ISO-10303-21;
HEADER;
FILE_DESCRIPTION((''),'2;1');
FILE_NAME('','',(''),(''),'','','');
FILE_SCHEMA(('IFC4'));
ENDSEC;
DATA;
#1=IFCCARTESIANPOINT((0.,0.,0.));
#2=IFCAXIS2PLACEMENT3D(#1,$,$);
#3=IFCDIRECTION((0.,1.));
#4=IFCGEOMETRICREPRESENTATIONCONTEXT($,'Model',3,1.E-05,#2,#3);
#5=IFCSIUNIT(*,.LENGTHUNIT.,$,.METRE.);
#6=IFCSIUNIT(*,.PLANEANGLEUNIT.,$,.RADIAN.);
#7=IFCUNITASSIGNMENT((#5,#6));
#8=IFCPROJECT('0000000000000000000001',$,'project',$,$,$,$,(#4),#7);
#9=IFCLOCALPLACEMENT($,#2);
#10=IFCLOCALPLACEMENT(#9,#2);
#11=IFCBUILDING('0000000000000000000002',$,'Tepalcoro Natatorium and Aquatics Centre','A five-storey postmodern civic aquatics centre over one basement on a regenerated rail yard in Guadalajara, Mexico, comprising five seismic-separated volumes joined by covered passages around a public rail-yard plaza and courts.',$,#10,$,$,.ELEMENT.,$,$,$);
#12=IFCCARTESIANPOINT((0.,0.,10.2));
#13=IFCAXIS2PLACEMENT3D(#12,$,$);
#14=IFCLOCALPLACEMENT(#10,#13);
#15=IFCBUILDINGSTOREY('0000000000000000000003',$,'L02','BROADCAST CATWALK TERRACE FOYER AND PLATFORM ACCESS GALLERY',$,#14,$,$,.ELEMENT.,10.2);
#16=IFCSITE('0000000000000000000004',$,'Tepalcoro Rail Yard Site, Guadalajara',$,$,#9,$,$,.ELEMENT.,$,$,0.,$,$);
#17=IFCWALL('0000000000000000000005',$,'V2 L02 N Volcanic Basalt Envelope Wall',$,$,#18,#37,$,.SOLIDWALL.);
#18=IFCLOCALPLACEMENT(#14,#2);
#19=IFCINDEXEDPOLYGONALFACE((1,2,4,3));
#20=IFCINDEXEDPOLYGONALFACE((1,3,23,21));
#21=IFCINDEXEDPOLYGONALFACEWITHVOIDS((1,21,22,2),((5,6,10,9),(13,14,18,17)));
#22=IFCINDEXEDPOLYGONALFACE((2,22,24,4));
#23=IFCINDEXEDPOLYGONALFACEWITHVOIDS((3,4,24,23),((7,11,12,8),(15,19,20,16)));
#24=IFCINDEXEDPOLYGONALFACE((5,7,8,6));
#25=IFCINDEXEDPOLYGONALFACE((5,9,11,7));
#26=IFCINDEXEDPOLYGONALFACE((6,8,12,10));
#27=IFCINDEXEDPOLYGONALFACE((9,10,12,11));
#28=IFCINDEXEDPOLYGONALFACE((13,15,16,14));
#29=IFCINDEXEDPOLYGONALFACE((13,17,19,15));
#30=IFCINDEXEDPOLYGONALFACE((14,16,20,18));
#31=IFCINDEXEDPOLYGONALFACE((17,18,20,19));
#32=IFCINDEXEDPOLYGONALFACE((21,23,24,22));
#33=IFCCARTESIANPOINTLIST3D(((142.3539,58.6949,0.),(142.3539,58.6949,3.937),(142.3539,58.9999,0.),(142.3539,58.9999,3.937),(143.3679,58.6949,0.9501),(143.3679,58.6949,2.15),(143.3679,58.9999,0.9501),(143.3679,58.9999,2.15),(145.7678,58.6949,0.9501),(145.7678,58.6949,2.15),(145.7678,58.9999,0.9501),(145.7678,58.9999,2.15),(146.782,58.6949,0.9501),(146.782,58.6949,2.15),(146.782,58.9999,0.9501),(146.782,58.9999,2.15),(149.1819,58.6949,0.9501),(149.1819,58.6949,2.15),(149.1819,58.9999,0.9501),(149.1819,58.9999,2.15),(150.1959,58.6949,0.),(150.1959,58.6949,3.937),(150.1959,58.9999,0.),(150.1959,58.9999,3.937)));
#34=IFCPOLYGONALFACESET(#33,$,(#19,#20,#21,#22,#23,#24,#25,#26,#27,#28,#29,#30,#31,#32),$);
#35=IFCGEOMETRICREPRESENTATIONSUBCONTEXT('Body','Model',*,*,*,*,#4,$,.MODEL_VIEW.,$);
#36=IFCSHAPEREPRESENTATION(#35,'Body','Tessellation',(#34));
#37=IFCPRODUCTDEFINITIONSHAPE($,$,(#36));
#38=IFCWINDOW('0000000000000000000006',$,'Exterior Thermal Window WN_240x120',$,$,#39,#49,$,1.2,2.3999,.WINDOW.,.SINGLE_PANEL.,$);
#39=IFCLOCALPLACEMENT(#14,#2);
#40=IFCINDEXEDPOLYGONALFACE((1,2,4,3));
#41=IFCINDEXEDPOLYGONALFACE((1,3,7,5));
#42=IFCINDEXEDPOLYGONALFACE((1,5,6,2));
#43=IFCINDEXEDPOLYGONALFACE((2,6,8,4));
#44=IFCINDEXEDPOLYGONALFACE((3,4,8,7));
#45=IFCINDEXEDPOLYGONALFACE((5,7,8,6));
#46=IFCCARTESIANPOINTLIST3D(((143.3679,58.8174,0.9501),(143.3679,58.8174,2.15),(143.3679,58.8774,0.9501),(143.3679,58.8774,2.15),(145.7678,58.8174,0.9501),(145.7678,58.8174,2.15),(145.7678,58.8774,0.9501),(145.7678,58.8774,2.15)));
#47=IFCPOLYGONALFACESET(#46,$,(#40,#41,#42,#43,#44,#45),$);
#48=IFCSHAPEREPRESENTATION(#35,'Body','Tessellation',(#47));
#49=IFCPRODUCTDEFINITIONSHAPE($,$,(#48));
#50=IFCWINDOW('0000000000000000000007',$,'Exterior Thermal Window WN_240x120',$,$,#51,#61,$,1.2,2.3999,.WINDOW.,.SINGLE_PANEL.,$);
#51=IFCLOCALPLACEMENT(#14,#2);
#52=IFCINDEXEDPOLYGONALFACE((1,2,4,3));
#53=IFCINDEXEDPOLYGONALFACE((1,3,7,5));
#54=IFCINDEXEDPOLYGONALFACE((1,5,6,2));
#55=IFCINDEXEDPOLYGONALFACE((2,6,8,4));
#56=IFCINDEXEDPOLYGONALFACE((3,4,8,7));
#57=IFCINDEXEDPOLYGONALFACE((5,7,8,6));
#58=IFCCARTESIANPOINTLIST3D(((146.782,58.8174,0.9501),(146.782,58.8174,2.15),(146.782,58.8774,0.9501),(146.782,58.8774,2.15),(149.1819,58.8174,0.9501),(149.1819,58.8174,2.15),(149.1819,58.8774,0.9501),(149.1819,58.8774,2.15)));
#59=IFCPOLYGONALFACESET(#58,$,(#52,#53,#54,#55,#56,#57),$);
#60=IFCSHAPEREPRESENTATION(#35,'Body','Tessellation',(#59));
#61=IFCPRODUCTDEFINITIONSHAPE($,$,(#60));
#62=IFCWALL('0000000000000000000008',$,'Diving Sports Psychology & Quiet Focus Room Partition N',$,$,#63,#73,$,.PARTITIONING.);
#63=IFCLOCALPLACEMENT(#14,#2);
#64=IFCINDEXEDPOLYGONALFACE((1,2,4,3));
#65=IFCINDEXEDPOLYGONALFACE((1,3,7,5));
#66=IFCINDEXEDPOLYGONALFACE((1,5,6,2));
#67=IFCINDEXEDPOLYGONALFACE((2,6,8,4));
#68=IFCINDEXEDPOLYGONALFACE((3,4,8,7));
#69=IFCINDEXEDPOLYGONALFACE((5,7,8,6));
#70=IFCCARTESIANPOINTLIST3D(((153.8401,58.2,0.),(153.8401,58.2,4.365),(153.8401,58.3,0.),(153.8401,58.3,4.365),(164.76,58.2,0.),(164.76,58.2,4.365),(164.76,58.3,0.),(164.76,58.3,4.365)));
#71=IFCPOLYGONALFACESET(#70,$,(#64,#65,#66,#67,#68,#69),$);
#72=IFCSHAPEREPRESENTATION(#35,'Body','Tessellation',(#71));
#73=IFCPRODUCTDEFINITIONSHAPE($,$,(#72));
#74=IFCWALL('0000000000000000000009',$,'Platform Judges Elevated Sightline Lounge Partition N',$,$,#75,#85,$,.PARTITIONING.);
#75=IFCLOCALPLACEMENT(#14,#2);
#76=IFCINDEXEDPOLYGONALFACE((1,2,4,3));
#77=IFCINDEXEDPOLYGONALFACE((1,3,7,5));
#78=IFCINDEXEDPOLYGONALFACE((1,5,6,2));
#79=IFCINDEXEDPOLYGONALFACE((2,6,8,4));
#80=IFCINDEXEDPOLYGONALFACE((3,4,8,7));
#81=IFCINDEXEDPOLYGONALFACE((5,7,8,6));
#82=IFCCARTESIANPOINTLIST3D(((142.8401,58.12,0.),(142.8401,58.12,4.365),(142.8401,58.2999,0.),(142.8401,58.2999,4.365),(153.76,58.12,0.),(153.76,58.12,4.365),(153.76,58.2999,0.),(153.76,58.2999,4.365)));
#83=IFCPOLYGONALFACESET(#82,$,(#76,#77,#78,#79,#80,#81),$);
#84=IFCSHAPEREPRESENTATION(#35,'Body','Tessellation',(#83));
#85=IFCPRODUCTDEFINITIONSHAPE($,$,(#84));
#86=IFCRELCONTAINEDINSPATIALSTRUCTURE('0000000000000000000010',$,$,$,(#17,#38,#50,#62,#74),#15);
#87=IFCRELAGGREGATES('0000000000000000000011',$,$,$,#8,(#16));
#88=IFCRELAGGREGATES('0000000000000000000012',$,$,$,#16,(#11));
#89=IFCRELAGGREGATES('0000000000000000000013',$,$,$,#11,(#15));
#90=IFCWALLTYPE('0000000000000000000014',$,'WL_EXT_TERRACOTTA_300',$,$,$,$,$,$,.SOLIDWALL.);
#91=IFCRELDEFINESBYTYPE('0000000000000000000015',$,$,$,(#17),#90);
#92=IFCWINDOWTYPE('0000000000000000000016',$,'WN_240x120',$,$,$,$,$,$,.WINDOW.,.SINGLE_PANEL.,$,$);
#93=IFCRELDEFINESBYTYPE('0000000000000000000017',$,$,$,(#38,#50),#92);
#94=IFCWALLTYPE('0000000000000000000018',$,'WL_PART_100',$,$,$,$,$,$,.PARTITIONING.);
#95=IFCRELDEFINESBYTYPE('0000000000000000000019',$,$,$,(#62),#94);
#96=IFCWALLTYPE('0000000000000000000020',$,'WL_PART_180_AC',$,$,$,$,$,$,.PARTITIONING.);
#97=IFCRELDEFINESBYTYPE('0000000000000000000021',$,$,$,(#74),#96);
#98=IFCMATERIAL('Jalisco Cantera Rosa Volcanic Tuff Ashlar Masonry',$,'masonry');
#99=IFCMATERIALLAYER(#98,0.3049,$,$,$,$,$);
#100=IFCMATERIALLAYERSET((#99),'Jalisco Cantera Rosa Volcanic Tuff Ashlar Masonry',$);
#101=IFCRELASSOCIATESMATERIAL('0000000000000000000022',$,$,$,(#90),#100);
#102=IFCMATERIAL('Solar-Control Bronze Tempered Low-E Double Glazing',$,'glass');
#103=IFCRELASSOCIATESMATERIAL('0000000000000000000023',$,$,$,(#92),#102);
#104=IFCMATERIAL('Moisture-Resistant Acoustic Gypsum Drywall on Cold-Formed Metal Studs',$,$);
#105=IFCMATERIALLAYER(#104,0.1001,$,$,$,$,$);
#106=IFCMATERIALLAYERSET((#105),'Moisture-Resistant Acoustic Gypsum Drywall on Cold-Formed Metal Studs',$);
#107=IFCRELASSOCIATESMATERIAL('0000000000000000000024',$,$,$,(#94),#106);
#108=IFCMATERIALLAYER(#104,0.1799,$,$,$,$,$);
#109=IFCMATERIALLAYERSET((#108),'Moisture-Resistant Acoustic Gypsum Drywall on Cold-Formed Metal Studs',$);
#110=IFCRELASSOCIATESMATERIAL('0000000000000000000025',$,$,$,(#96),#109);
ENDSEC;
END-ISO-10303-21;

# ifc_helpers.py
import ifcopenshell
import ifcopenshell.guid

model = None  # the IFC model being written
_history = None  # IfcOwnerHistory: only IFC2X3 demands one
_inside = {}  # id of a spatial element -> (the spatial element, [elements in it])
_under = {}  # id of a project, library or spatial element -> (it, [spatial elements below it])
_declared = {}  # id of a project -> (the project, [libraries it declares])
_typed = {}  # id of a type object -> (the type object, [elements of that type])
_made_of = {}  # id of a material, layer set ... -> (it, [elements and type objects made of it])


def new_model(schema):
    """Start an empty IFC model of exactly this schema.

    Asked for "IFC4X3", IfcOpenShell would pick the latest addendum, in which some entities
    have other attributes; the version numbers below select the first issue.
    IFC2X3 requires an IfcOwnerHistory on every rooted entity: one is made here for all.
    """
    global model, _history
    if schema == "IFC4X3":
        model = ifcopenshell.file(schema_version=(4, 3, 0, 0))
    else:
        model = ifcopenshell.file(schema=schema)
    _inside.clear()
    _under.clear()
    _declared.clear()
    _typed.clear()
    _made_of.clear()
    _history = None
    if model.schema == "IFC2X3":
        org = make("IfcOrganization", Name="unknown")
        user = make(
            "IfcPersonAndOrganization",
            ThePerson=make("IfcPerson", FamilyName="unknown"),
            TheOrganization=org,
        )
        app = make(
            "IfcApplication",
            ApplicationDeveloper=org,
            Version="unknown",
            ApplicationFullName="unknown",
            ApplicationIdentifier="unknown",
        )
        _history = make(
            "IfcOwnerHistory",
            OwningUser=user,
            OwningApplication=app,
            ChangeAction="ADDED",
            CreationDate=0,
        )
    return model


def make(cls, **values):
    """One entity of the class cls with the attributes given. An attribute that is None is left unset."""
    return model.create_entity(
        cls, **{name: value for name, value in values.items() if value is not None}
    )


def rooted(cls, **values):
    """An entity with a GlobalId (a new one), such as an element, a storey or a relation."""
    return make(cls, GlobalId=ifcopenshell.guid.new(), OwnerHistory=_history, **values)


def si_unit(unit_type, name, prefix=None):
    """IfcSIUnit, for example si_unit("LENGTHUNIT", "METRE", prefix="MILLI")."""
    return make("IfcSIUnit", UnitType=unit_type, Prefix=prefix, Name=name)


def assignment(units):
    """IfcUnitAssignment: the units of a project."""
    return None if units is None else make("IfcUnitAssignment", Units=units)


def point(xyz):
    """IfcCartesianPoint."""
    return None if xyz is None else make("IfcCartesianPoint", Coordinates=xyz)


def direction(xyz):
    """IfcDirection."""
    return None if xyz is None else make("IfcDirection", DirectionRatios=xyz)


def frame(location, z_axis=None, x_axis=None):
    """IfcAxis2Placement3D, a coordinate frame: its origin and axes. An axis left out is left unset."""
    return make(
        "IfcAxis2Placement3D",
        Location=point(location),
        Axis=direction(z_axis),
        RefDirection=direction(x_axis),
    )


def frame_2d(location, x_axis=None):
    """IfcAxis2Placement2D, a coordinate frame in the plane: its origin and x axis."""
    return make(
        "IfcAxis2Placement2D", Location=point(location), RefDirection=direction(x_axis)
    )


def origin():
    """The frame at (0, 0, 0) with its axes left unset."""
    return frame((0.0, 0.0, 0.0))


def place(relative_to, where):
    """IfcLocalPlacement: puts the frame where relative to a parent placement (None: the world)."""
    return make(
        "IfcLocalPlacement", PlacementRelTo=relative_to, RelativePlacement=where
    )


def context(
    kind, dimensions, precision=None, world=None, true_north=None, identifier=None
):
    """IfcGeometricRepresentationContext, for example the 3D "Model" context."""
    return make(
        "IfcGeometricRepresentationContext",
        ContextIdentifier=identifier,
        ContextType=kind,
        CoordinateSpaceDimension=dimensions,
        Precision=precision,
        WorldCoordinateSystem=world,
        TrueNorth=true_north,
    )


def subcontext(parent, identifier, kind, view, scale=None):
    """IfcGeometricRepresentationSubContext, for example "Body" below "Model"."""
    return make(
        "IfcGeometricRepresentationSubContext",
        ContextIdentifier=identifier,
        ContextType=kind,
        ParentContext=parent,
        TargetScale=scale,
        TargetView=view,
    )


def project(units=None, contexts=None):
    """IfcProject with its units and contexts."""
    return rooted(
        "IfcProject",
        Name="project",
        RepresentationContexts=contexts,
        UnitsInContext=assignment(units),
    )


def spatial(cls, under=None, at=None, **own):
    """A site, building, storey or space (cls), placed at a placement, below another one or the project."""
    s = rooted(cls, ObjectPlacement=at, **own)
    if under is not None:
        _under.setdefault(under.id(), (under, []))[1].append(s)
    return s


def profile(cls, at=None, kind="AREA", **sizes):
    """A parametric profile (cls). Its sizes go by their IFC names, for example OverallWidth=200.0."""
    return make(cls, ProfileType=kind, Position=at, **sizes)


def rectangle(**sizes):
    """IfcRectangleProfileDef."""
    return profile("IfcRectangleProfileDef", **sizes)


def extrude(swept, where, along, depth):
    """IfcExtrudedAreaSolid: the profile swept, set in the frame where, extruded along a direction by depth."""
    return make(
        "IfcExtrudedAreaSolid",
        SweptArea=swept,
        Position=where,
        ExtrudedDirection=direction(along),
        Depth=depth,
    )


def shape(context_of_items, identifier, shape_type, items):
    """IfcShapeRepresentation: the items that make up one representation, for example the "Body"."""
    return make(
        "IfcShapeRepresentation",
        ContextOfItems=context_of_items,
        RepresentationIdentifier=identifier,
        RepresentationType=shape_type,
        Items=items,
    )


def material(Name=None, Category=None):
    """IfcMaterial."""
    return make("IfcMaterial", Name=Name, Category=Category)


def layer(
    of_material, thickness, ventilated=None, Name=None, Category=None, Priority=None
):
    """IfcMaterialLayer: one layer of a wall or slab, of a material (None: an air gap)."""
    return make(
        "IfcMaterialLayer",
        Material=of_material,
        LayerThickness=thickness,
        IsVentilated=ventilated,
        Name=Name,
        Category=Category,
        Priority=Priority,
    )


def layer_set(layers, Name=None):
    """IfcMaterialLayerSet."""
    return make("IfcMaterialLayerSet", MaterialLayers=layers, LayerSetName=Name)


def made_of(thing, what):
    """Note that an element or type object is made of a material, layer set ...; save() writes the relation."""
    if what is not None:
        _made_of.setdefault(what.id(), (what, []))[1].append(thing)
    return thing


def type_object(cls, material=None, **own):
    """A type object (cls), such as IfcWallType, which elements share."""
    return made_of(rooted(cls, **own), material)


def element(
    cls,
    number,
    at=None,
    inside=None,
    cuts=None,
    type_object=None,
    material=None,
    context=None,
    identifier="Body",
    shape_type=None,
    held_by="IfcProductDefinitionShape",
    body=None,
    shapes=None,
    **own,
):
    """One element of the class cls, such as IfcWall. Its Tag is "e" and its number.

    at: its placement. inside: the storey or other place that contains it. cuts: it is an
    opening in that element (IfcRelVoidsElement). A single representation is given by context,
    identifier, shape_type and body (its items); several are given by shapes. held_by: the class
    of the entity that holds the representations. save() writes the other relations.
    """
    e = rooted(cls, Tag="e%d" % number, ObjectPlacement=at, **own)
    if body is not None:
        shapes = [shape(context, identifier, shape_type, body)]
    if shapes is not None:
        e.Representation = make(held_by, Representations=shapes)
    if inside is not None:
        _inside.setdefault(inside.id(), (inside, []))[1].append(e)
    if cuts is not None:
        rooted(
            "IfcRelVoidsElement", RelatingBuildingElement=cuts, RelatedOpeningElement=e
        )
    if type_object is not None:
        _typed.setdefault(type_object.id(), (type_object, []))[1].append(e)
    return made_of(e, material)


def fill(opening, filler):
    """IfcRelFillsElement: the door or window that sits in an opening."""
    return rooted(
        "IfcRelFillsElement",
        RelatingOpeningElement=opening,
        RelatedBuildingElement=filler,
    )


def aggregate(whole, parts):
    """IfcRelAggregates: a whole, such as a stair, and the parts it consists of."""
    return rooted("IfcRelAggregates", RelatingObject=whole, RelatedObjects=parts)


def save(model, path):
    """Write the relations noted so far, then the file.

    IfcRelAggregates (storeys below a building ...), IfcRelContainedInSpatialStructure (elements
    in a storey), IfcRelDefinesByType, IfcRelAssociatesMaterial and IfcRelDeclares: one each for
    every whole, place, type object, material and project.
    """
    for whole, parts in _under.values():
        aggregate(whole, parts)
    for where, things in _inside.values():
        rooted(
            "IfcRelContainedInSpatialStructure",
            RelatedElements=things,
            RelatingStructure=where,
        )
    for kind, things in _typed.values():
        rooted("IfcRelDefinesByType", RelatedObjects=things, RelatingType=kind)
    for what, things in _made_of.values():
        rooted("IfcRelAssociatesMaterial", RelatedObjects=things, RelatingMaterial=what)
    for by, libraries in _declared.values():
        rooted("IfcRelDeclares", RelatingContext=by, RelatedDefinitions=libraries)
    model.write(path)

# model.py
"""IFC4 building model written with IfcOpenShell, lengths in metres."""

from ifc_helpers import new_model, si_unit, direction, frame, frame_2d, origin, place, context, subcontext, project, spatial, rectangle, extrude, material, layer, layer_set, type_object, element, fill, save


model = new_model("IFC4")

# Units and contexts
model_context = context("Model", 3, precision=1e-05, world=origin(), true_north=direction((0.0, 1.0)))
body_context = subcontext(model_context, "Body", "Model", "MODEL_VIEW")
ifc_project = project(units=[si_unit("LENGTHUNIT", "METRE"), si_unit("PLANEANGLEUNIT", "RADIAN")], contexts=[model_context])

# Site, building, storey
site_placement = place(None, origin())
site = spatial("IfcSite", under=ifc_project, at=site_placement, Name="Tepalcoro Rail Yard Site, Guadalajara", CompositionType="ELEMENT", RefElevation=0.0)
building_placement = place(site_placement, origin())
building = spatial("IfcBuilding", under=site, at=building_placement, Name="Tepalcoro Natatorium and Aquatics Centre", Description="A five-storey postmodern civic aquatics centre over one basement on a regenerated rail yard in Guadalajara, Mexico, comprising five seismic-separated volumes joined by covered passages around a public rail-yard plaza and courts.", CompositionType="ELEMENT")
storey_placement = place(building_placement, frame((0.0, 0.0, 10.2)))
storey = spatial("IfcBuildingStorey", under=building, at=storey_placement, Name="L02", Description="BROADCAST CATWALK TERRACE FOYER AND PLATFORM ACCESS GALLERY", CompositionType="ELEMENT", Elevation=10.2)

# Shared definitions
ifc_material_1 = material(Name="Solar-Control Bronze Tempered Low-E Double Glazing", Category="glass")

# Wall, openings, windows
ifc_material_2 = material(Name="Jalisco Cantera Rosa Volcanic Tuff Ashlar Masonry", Category="masonry")
ifc_layer_1 = layer(ifc_material_2, 0.3049)
ifc_layer_set_1 = layer_set([ifc_layer_1], Name="Jalisco Cantera Rosa Volcanic Tuff Ashlar Masonry")
wall_type_1 = type_object("IfcWallType", Name="WL_EXT_TERRACOTTA_300", PredefinedType="SOLIDWALL", material=ifc_layer_set_1)
wall_1_placement = place(storey_placement, frame((142.354, 58.8474, 0.0), z_axis=(0.0, 0.0, 1.0), x_axis=(1.0, 0.0, 0.0)))
wall_1 = element("IfcWall", 1, at=wall_1_placement, inside=storey, type_object=wall_type_1, Name="V2 L02 N Volcanic Basalt Envelope Wall", PredefinedType="SOLIDWALL", context=body_context, shape_type="SweptSolid", body=[
    extrude(rectangle(XDim=7.842, YDim=0.3049, at=frame_2d((3.9209, 0.0))), origin(), (0.0, 0.0, 1.0), 3.937),
])
opening_1_placement = place(wall_1_placement, frame((1.0139, 0.0, 0.95)))
opening_1 = element("IfcOpeningElement", 2, at=opening_1_placement, cuts=wall_1, PredefinedType="OPENING", context=body_context, shape_type="SweptSolid", body=[
    extrude(rectangle(XDim=2.3999, YDim=1.2, at=frame_2d((1.2, 0.6001))), frame((0.0, 0.1646, 0.0), z_axis=(0.0, -1.0, 0.0), x_axis=(1.0, 0.0, 0.0)), (0.0, 0.0, 1.0), 0.3289),
])
opening_2_placement = place(wall_1_placement, frame((4.428, 0.0, 0.95)))
opening_2 = element("IfcOpeningElement", 3, at=opening_2_placement, cuts=wall_1, PredefinedType="OPENING", context=body_context, shape_type="SweptSolid", body=[
    extrude(rectangle(XDim=2.3999, YDim=1.2, at=frame_2d((1.2, 0.6001))), frame((0.0, 0.1646, 0.0), z_axis=(0.0, -1.0, 0.0), x_axis=(1.0, 0.0, 0.0)), (0.0, 0.0, 1.0), 0.3289),
])
window_type = type_object("IfcWindowType", Name="WN_240x120", PartitioningType="SINGLE_PANEL", PredefinedType="WINDOW", material=ifc_material_1)
window_1_placement = place(opening_1_placement, origin())
window_1 = element("IfcWindow", 4, at=window_1_placement, inside=storey, type_object=window_type, Name="Exterior Thermal Window WN_240x120", OverallHeight=1.2, OverallWidth=2.3999, PartitioningType="SINGLE_PANEL", PredefinedType="WINDOW", context=body_context, shape_type="SweptSolid", body=[
    extrude(rectangle(XDim=2.3999, YDim=1.2, at=frame_2d((1.2, 0.6001))), frame((0.0, 0.03, 0.0), z_axis=(0.0, -1.0, 0.0), x_axis=(1.0, 0.0, 0.0)), (0.0, 0.0, 1.0), 0.0601),
])
fill(opening_1, window_1)
window_2_placement = place(opening_2_placement, origin())
window_2 = element("IfcWindow", 5, at=window_2_placement, inside=storey, type_object=window_type, Name="Exterior Thermal Window WN_240x120", OverallHeight=1.2, OverallWidth=2.3999, PartitioningType="SINGLE_PANEL", PredefinedType="WINDOW", context=body_context, shape_type="SweptSolid", body=[
    extrude(rectangle(XDim=2.3999, YDim=1.2, at=frame_2d((1.2, 0.6001))), frame((0.0, 0.03, 0.0), z_axis=(0.0, -1.0, 0.0), x_axis=(1.0, 0.0, 0.0)), (0.0, 0.0, 1.0), 0.0601),
])
fill(opening_2, window_2)

# Walls
ifc_material_3 = material(Name="Moisture-Resistant Acoustic Gypsum Drywall on Cold-Formed Metal Studs")
ifc_layer_2 = layer(ifc_material_3, 0.1001)
ifc_layer_set_2 = layer_set([ifc_layer_2], Name="Moisture-Resistant Acoustic Gypsum Drywall on Cold-Formed Metal Studs")
wall_type_2 = type_object("IfcWallType", Name="WL_PART_100", PredefinedType="PARTITIONING", material=ifc_layer_set_2)
wall_2_placement = place(storey_placement, frame((153.8401, 58.25, 0.0), z_axis=(0.0, 0.0, 1.0), x_axis=(1.0, 0.0, 0.0)))
element("IfcWall", 6, at=wall_2_placement, inside=storey, type_object=wall_type_2, Name="Diving Sports Psychology & Quiet Focus Room Partition N", PredefinedType="PARTITIONING", context=body_context, shape_type="SweptSolid", body=[
    extrude(rectangle(XDim=10.9199, YDim=0.1001, at=frame_2d((5.46, 0.0))), origin(), (0.0, 0.0, 1.0), 4.365),
])
ifc_layer_3 = layer(ifc_material_3, 0.1799)
ifc_layer_set_3 = layer_set([ifc_layer_3], Name="Moisture-Resistant Acoustic Gypsum Drywall on Cold-Formed Metal Studs")
wall_type_3 = type_object("IfcWallType", Name="WL_PART_180_AC", PredefinedType="PARTITIONING", material=ifc_layer_set_3)
wall_3_placement = place(storey_placement, frame((142.8401, 58.21, 0.0), z_axis=(0.0, 0.0, 1.0), x_axis=(1.0, 0.0, 0.0)))
element("IfcWall", 7, at=wall_3_placement, inside=storey, type_object=wall_type_3, Name="Platform Judges Elevated Sightline Lounge Partition N", PredefinedType="PARTITIONING", context=body_context, shape_type="SweptSolid", body=[
    extrude(rectangle(XDim=10.9199, YDim=0.1799, at=frame_2d((5.46, 0.0))), origin(), (0.0, 0.0, 1.0), 4.365),
])

save(model, "model.ifc")
